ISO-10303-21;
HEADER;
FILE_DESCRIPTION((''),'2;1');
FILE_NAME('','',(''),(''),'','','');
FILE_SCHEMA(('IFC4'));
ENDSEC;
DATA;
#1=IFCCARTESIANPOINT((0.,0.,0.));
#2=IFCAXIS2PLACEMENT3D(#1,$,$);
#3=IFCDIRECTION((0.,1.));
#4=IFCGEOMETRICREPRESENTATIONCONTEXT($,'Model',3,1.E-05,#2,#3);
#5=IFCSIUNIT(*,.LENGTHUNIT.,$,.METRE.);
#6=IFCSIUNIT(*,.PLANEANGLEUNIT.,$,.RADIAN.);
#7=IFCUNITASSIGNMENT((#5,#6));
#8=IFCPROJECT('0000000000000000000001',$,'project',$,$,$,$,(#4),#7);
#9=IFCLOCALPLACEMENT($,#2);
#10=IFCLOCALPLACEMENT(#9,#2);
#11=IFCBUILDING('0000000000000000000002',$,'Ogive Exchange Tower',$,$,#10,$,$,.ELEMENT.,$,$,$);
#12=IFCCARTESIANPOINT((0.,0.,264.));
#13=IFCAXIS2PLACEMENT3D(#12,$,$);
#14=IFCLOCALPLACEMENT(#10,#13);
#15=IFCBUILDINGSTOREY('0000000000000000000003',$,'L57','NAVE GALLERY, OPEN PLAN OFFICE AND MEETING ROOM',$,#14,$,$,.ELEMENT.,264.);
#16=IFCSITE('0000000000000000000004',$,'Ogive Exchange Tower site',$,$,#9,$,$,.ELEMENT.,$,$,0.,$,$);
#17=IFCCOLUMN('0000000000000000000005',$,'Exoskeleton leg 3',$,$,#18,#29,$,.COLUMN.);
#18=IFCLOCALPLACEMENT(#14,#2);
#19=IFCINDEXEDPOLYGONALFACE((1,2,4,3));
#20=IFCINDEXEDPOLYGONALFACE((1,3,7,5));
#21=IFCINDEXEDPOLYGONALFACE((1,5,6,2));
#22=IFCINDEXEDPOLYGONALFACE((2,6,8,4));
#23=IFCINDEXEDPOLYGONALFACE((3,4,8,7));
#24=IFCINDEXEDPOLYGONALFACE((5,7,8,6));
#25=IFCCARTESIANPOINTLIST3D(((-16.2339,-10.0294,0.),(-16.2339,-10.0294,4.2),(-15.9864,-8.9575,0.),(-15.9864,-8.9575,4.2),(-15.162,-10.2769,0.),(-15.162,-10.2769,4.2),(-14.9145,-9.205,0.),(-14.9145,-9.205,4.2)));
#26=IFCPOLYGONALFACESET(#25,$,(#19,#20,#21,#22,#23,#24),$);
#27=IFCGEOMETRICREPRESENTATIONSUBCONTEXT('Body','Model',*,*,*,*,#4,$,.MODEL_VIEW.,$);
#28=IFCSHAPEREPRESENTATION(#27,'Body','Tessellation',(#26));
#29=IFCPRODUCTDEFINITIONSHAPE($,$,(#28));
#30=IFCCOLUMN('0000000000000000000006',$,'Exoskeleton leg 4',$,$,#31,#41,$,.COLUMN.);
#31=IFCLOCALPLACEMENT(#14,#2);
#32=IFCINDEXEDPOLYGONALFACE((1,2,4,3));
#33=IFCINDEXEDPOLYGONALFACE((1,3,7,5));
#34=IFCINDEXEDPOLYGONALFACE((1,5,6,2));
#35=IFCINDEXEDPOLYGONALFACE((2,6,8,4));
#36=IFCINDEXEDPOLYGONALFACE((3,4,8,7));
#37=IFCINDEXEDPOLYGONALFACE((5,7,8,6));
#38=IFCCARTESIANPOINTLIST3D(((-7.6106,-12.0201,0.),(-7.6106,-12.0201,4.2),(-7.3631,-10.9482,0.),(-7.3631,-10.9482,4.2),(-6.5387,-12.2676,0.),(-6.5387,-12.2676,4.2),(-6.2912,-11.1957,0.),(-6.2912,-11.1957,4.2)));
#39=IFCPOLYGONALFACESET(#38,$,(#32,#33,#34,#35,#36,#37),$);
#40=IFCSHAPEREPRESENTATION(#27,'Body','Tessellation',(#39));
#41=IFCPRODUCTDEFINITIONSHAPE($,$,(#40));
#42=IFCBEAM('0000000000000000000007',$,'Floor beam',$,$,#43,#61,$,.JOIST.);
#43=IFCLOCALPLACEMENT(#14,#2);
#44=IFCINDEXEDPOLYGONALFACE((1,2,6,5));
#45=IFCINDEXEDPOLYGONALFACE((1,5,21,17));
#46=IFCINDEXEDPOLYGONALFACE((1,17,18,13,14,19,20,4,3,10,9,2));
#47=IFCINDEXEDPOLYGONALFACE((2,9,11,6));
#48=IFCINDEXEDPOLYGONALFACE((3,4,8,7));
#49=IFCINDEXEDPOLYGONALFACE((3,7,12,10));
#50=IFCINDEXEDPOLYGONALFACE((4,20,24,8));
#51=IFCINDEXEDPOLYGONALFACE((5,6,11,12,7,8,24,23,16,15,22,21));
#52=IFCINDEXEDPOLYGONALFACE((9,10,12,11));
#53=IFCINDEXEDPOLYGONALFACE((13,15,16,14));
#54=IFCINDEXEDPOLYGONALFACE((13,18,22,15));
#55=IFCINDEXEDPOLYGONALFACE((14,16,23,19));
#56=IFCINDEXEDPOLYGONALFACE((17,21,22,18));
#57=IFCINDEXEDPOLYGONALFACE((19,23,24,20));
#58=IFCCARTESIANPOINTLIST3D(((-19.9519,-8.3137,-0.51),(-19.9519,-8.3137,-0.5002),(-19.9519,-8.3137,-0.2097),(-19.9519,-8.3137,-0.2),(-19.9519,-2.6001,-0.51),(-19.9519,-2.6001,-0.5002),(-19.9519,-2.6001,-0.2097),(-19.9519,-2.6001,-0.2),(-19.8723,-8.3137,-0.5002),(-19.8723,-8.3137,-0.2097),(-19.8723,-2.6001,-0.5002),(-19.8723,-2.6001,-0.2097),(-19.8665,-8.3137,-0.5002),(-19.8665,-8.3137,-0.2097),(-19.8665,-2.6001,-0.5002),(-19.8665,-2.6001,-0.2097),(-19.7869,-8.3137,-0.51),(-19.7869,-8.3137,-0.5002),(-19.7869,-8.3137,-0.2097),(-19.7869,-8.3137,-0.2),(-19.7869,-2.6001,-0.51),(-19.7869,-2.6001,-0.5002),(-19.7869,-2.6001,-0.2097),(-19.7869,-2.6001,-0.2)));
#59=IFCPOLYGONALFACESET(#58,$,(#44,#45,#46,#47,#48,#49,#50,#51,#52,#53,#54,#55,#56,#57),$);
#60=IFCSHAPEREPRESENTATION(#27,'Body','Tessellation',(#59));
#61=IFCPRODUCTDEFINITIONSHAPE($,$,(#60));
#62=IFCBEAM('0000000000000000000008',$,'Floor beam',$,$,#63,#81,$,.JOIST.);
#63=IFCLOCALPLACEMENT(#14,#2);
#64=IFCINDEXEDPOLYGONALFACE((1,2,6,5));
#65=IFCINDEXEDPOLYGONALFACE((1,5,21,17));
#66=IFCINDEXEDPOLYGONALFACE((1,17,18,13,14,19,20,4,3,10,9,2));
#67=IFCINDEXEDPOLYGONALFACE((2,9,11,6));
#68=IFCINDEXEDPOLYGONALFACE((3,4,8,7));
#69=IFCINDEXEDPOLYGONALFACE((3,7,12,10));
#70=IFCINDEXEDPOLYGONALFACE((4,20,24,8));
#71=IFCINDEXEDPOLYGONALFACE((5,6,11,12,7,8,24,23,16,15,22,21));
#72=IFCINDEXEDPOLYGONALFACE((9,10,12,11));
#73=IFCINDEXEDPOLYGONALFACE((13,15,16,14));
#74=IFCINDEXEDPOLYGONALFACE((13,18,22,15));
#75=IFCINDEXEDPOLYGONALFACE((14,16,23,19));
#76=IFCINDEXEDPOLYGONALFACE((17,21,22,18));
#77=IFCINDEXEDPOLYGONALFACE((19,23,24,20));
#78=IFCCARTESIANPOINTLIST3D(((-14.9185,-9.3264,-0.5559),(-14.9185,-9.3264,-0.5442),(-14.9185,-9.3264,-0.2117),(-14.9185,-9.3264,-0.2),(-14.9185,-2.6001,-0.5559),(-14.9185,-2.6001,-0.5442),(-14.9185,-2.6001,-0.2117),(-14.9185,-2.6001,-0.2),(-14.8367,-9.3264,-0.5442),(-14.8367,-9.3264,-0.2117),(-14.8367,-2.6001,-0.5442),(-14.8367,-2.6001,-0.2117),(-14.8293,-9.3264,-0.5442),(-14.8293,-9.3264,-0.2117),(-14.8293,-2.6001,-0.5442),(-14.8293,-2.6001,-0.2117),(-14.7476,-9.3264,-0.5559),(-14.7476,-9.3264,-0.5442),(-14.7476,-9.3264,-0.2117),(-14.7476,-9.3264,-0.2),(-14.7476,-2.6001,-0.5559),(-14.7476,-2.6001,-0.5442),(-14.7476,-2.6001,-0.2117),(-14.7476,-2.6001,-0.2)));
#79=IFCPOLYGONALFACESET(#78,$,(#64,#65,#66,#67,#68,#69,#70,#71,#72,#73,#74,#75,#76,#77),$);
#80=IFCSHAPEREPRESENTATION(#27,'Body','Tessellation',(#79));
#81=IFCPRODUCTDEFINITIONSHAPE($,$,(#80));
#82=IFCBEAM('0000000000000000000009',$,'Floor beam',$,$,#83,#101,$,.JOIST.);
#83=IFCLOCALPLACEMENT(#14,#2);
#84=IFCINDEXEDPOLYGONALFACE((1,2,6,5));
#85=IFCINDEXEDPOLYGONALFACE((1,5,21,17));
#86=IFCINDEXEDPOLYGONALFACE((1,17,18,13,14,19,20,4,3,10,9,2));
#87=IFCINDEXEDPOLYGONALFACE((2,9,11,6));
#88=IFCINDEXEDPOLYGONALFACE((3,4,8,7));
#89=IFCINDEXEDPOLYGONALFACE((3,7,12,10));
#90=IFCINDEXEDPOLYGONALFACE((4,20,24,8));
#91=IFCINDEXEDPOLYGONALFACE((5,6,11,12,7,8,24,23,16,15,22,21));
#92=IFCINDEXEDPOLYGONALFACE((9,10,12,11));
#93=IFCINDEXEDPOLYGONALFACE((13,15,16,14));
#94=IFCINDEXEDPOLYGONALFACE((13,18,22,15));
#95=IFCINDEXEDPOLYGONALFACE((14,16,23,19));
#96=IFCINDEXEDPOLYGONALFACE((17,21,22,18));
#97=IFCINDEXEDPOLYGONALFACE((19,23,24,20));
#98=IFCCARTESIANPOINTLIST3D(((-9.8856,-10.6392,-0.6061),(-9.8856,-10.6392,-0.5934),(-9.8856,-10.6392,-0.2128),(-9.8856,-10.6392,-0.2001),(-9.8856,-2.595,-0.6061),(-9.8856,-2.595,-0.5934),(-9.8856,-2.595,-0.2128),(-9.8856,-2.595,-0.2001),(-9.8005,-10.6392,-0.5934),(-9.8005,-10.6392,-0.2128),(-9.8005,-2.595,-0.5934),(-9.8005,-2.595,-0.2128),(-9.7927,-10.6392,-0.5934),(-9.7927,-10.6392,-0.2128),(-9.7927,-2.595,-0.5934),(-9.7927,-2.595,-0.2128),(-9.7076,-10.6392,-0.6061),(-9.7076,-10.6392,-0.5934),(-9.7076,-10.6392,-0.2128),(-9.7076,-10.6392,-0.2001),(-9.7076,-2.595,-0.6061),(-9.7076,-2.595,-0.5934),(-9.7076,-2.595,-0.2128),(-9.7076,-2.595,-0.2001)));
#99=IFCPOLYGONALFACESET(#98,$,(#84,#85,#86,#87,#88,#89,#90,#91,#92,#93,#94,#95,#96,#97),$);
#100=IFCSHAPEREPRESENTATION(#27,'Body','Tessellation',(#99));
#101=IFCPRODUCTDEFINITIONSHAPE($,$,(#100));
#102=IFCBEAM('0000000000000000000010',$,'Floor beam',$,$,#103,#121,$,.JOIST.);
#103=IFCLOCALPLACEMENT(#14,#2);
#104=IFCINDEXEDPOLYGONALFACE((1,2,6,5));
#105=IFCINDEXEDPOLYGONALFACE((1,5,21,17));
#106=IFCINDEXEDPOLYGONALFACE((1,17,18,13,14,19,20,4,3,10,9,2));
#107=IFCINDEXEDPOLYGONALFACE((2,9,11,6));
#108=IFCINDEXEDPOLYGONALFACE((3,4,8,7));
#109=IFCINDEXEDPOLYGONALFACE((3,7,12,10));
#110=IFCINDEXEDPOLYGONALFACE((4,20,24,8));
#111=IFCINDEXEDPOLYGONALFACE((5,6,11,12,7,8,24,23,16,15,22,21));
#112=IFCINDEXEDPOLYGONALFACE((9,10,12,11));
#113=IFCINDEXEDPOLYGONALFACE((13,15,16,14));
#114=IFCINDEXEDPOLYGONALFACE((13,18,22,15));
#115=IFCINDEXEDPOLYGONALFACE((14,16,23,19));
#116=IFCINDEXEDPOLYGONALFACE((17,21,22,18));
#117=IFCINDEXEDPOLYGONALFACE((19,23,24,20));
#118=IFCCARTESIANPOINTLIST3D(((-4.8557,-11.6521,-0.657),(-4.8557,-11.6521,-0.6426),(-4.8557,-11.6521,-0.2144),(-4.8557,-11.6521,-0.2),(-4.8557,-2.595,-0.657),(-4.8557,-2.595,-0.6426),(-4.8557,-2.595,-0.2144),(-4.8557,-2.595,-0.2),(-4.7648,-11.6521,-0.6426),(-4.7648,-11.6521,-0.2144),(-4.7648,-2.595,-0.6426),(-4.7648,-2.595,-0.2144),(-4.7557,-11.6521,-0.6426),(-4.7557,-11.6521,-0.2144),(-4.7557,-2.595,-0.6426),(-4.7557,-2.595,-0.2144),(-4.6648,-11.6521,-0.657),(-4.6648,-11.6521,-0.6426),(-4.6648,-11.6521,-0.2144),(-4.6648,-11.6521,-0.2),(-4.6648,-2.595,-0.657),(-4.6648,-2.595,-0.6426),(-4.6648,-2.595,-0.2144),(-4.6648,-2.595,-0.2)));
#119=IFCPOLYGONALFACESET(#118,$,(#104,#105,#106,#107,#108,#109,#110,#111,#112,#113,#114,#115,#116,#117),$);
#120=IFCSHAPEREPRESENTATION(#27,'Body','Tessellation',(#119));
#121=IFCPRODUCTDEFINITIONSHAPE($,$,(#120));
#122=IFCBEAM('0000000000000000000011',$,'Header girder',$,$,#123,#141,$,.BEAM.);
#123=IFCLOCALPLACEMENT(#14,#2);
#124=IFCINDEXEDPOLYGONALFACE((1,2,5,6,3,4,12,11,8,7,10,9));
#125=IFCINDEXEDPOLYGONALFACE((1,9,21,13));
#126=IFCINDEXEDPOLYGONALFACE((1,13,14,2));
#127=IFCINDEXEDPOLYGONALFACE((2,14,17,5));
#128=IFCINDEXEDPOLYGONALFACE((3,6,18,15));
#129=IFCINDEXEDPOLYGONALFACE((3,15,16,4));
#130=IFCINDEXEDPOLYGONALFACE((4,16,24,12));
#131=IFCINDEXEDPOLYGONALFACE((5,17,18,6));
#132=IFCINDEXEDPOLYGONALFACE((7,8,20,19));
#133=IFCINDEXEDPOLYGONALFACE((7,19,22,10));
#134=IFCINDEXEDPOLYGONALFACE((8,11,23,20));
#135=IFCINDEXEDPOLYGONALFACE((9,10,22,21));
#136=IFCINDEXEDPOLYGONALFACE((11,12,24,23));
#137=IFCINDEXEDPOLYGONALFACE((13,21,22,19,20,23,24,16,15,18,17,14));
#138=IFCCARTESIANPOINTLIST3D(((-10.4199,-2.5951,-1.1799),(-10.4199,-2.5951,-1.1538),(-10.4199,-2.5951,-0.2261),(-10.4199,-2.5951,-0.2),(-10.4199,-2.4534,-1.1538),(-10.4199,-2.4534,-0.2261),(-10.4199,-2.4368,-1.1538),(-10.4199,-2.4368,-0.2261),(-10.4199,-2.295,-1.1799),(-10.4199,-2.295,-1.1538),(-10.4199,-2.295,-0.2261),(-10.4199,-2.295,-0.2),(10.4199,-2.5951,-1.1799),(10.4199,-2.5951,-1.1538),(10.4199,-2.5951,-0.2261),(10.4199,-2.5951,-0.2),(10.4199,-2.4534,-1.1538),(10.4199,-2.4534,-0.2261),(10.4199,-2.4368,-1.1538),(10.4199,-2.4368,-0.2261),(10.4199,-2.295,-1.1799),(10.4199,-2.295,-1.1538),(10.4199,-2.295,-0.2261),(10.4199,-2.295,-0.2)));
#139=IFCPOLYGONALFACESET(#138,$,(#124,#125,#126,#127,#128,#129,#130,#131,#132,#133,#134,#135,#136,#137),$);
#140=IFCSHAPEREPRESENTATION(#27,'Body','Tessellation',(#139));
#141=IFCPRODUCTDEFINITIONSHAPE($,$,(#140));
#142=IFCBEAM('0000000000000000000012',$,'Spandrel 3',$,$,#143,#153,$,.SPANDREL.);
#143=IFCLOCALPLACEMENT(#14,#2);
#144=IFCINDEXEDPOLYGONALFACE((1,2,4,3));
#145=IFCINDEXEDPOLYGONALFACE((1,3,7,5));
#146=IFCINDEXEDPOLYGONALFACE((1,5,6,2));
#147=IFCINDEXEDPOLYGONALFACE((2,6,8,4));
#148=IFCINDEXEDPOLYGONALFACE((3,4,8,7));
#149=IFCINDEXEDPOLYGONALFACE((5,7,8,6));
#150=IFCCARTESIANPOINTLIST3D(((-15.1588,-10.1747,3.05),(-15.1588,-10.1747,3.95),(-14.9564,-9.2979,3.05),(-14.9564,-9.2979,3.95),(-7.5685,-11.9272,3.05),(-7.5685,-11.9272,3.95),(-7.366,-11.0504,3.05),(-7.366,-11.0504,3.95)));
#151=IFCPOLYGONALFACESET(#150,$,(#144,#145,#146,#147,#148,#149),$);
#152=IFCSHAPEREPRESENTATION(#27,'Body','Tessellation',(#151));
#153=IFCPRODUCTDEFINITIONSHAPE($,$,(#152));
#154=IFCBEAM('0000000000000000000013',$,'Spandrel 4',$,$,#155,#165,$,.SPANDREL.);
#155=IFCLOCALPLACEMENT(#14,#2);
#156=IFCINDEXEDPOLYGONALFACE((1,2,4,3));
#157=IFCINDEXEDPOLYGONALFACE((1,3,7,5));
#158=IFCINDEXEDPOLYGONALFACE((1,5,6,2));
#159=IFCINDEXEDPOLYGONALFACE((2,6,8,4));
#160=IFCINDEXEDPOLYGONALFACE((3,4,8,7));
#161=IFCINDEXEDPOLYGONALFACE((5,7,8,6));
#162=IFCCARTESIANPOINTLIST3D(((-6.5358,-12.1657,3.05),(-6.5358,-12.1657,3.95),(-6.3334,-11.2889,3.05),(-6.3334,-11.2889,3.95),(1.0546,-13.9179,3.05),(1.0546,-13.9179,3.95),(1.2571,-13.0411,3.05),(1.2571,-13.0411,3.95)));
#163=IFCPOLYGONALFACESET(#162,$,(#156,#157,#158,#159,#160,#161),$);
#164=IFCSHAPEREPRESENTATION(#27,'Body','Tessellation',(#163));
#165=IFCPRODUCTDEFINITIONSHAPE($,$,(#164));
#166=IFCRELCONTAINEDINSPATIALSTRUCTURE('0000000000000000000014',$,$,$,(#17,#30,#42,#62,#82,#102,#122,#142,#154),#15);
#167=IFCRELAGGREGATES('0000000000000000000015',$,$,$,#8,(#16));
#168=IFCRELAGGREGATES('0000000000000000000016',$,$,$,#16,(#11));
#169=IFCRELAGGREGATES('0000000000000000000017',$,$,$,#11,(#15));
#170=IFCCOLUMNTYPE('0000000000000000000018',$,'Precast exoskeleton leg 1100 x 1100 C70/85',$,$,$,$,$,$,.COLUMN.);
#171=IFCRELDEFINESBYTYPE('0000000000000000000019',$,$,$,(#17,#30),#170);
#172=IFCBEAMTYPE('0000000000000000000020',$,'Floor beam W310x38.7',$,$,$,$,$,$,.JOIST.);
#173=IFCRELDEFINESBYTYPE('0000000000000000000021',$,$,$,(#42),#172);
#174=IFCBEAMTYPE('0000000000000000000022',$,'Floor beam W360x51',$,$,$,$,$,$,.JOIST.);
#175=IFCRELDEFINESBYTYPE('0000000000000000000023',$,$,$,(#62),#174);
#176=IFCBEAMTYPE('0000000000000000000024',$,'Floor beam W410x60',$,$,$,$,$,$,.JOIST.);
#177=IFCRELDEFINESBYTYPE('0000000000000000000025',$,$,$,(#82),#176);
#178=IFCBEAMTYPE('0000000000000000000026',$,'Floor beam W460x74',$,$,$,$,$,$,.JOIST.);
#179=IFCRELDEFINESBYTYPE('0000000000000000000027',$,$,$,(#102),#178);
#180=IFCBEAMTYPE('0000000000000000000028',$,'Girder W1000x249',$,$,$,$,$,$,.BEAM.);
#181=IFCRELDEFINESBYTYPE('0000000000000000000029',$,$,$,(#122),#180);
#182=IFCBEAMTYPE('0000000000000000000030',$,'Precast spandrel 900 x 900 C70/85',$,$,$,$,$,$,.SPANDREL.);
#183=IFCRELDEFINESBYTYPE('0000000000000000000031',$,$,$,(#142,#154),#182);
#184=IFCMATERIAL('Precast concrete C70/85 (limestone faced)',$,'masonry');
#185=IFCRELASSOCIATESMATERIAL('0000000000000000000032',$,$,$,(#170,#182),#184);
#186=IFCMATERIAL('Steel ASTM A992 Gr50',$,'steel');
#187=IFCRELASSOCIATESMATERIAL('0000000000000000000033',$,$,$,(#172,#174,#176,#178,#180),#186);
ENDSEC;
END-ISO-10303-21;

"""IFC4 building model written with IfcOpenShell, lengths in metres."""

from ifc_helpers import new_model, si_unit, direction, frame, origin, origin_2d, place, context, subcontext, project, spatial, rectangle, i_section, extrude, material, material_profile, profile_set, type_object, element, save


model = new_model("IFC4")

# Units and contexts
model_context = context("Model", 3, precision=1e-05, world=origin(), true_north=direction((0.0, 1.0)))
body_context = subcontext(model_context, "Body", "Model", "MODEL_VIEW")
ifc_project = project(units=[si_unit("LENGTHUNIT", "METRE"), si_unit("PLANEANGLEUNIT", "RADIAN")], contexts=[model_context])

# Site, building, storey
site_placement = place(None, origin())
site = spatial("IfcSite", under=ifc_project, at=site_placement, Name="Ogive Exchange Tower site", CompositionType="ELEMENT", RefElevation=0.0)
building_placement = place(site_placement, origin())
building = spatial("IfcBuilding", under=site, at=building_placement, Name="Ogive Exchange Tower", CompositionType="ELEMENT")
storey_placement = place(building_placement, frame((0.0, 0.0, 264.0)))
storey = spatial("IfcBuildingStorey", under=building, at=storey_placement, Name="L57", Description="NAVE GALLERY, OPEN PLAN OFFICE AND MEETING ROOM", CompositionType="ELEMENT", Elevation=264.0)

# Columns
ifc_material_1 = material(Name="Precast concrete C70/85 (limestone faced)", Category="masonry")
ifc_material_profile_1 = material_profile(ifc_material_1, rectangle(XDim=1.1001, YDim=1.1001, at=origin_2d()), Name="1100 x 1100")
ifc_profile_set_1 = profile_set([ifc_material_profile_1], Name="Precast concrete C70/85 (limestone faced)")
column_type = type_object("IfcColumnType", Name="Precast exoskeleton leg 1100 x 1100 C70/85", PredefinedType="COLUMN", material=ifc_profile_set_1)
for number, where, z_axis, x_axis, name in (
    (1, (-15.5742, -9.6172, 0.0), (0.0, 0.0, 1.0), (0.97437, -0.224951, 0.0), "Exoskeleton leg 3"),
    (2, (-6.9509, -11.6079, 0.0), (0.0, 0.0, 1.0), (0.97437, -0.224951, 0.0), "Exoskeleton leg 4"),
):
    element("IfcColumn", number, at=place(storey_placement, frame(where, z_axis=z_axis, x_axis=x_axis)), inside=storey, type_object=column_type, Name=name, PredefinedType="COLUMN", context=body_context, shape_type="SweptSolid", body=[
        extrude(rectangle(XDim=1.1001, YDim=1.1001, at=origin_2d()), origin(), (0.0, 0.0, 1.0), 4.2),
    ])

# Beams
ifc_material_2 = material(Name="Steel ASTM A992 Gr50", Category="steel")
ifc_material_profile_2 = material_profile(ifc_material_2, i_section(OverallWidth=0.165, OverallDepth=0.3101, WebThickness=0.0059, FlangeThickness=0.0098, at=origin_2d()), Name="W310x38.7")
ifc_profile_set_2 = profile_set([ifc_material_profile_2], Name="Steel ASTM A992 Gr50")
beam_type_1 = type_object("IfcBeamType", Name="Floor beam W310x38.7", PredefinedType="JOIST", material=ifc_profile_set_2)
beam_1_placement = place(storey_placement, frame((-19.8694, -8.3137, -0.355), z_axis=(0.0, 1.0, 0.0), x_axis=(-1.0, 0.0, 0.0)))
element("IfcBeam", 3, at=beam_1_placement, inside=storey, type_object=beam_type_1, Name="Floor beam", PredefinedType="JOIST", context=body_context, shape_type="SweptSolid", body=[
    extrude(i_section(OverallWidth=0.165, OverallDepth=0.3101, WebThickness=0.0059, FlangeThickness=0.0098, at=origin_2d()), origin(), (0.0, 0.0, 1.0), 5.7136),
])
ifc_material_profile_3 = material_profile(ifc_material_2, i_section(OverallWidth=0.1709, OverallDepth=0.356, WebThickness=0.0073, FlangeThickness=0.0117, at=origin_2d()), Name="W360x51")
ifc_profile_set_3 = profile_set([ifc_material_profile_3], Name="Steel ASTM A992 Gr50")
beam_type_2 = type_object("IfcBeamType", Name="Floor beam W360x51", PredefinedType="JOIST", material=ifc_profile_set_3)
beam_2_placement = place(storey_placement, frame((-14.833, -9.3264, -0.3779), z_axis=(0.0, 1.0, 0.0), x_axis=(-1.0, 0.0, 0.0)))
element("IfcBeam", 4, at=beam_2_placement, inside=storey, type_object=beam_type_2, Name="Floor beam", PredefinedType="JOIST", context=body_context, shape_type="SweptSolid", body=[
    extrude(i_section(OverallWidth=0.1709, OverallDepth=0.356, WebThickness=0.0073, FlangeThickness=0.0117, at=origin_2d()), origin(), (0.0, 0.0, 1.0), 6.7263),
])
ifc_material_profile_4 = material_profile(ifc_material_2, i_section(OverallWidth=0.178, OverallDepth=0.406, WebThickness=0.0078, FlangeThickness=0.0127, at=origin_2d()), Name="W410x60")
ifc_profile_set_4 = profile_set([ifc_material_profile_4], Name="Steel ASTM A992 Gr50")
beam_type_3 = type_object("IfcBeamType", Name="Floor beam W410x60", PredefinedType="JOIST", material=ifc_profile_set_4)
beam_3_placement = place(storey_placement, frame((-9.7966, -10.6392, -0.4031), z_axis=(0.0, 1.0, 0.0), x_axis=(-1.0, 0.0, 0.0)))
element("IfcBeam", 5, at=beam_3_placement, inside=storey, type_object=beam_type_3, Name="Floor beam", PredefinedType="JOIST", context=body_context, shape_type="SweptSolid", body=[
    extrude(i_section(OverallWidth=0.178, OverallDepth=0.406, WebThickness=0.0078, FlangeThickness=0.0127, at=origin_2d()), origin(), (0.0, 0.0, 1.0), 8.0442),
])
ifc_material_profile_5 = material_profile(ifc_material_2, i_section(OverallWidth=0.1909, OverallDepth=0.457, WebThickness=0.009, FlangeThickness=0.0144, at=origin_2d()), Name="W460x74")
ifc_profile_set_5 = profile_set([ifc_material_profile_5], Name="Steel ASTM A992 Gr50")
beam_type_4 = type_object("IfcBeamType", Name="Floor beam W460x74", PredefinedType="JOIST", material=ifc_profile_set_5)
beam_4_placement = place(storey_placement, frame((-4.7603, -11.6521, -0.4285), z_axis=(0.0, 1.0, 0.0), x_axis=(-1.0, 0.0, 0.0)))
element("IfcBeam", 6, at=beam_4_placement, inside=storey, type_object=beam_type_4, Name="Floor beam", PredefinedType="JOIST", context=body_context, shape_type="SweptSolid", body=[
    extrude(i_section(OverallWidth=0.1909, OverallDepth=0.457, WebThickness=0.009, FlangeThickness=0.0144, at=origin_2d()), origin(), (0.0, 0.0, 1.0), 9.0571),
])
ifc_material_profile_6 = material_profile(ifc_material_2, i_section(OverallWidth=0.3, OverallDepth=0.98, WebThickness=0.0166, FlangeThickness=0.0261, at=origin_2d()), Name="W1000x249")
ifc_profile_set_6 = profile_set([ifc_material_profile_6], Name="Steel ASTM A992 Gr50")
beam_type_5 = type_object("IfcBeamType", Name="Girder W1000x249", PredefinedType="BEAM", material=ifc_profile_set_6)
beam_5_placement = place(storey_placement, frame((-10.4199, -2.4451, -0.6899), z_axis=(1.0, 0.0, 0.0), x_axis=(0.0, 1.0, 0.0)))
element("IfcBeam", 7, at=beam_5_placement, inside=storey, type_object=beam_type_5, Name="Header girder", PredefinedType="BEAM", context=body_context, shape_type="SweptSolid", body=[
    extrude(i_section(OverallWidth=0.3, OverallDepth=0.98, WebThickness=0.0166, FlangeThickness=0.0261, at=origin_2d()), origin(), (0.0, 0.0, 1.0), 20.8398),
])
ifc_material_profile_7 = material_profile(ifc_material_1, rectangle(XDim=0.8999, YDim=0.8999, at=origin_2d()), Name="900 x 900")
ifc_profile_set_7 = profile_set([ifc_material_profile_7], Name="Precast concrete C70/85 (limestone faced)")
beam_type_6 = type_object("IfcBeamType", Name="Precast spandrel 900 x 900 C70/85", PredefinedType="SPANDREL", material=ifc_profile_set_7)
for number, where, z_axis, x_axis, name in (
    (8, (-15.0576, -9.7363, 3.5), (0.974368, -0.22496, 0.0), (0.22496, 0.974368, 0.0), "Spandrel 3"),
    (9, (-6.4346, -11.7273, 3.5), (0.974375, -0.22493, 0.0), (0.22493, 0.974375, 0.0), "Spandrel 4"),
):
    element("IfcBeam", number, at=place(storey_placement, frame(where, z_axis=z_axis, x_axis=x_axis)), inside=storey, type_object=beam_type_6, Name=name, PredefinedType="SPANDREL", context=body_context, shape_type="SweptSolid", body=[
        extrude(rectangle(XDim=0.8999, YDim=0.8999, at=origin_2d()), origin(), (0.0, 0.0, 1.0), 7.79),
    ])

save(model, "model.ifc")
